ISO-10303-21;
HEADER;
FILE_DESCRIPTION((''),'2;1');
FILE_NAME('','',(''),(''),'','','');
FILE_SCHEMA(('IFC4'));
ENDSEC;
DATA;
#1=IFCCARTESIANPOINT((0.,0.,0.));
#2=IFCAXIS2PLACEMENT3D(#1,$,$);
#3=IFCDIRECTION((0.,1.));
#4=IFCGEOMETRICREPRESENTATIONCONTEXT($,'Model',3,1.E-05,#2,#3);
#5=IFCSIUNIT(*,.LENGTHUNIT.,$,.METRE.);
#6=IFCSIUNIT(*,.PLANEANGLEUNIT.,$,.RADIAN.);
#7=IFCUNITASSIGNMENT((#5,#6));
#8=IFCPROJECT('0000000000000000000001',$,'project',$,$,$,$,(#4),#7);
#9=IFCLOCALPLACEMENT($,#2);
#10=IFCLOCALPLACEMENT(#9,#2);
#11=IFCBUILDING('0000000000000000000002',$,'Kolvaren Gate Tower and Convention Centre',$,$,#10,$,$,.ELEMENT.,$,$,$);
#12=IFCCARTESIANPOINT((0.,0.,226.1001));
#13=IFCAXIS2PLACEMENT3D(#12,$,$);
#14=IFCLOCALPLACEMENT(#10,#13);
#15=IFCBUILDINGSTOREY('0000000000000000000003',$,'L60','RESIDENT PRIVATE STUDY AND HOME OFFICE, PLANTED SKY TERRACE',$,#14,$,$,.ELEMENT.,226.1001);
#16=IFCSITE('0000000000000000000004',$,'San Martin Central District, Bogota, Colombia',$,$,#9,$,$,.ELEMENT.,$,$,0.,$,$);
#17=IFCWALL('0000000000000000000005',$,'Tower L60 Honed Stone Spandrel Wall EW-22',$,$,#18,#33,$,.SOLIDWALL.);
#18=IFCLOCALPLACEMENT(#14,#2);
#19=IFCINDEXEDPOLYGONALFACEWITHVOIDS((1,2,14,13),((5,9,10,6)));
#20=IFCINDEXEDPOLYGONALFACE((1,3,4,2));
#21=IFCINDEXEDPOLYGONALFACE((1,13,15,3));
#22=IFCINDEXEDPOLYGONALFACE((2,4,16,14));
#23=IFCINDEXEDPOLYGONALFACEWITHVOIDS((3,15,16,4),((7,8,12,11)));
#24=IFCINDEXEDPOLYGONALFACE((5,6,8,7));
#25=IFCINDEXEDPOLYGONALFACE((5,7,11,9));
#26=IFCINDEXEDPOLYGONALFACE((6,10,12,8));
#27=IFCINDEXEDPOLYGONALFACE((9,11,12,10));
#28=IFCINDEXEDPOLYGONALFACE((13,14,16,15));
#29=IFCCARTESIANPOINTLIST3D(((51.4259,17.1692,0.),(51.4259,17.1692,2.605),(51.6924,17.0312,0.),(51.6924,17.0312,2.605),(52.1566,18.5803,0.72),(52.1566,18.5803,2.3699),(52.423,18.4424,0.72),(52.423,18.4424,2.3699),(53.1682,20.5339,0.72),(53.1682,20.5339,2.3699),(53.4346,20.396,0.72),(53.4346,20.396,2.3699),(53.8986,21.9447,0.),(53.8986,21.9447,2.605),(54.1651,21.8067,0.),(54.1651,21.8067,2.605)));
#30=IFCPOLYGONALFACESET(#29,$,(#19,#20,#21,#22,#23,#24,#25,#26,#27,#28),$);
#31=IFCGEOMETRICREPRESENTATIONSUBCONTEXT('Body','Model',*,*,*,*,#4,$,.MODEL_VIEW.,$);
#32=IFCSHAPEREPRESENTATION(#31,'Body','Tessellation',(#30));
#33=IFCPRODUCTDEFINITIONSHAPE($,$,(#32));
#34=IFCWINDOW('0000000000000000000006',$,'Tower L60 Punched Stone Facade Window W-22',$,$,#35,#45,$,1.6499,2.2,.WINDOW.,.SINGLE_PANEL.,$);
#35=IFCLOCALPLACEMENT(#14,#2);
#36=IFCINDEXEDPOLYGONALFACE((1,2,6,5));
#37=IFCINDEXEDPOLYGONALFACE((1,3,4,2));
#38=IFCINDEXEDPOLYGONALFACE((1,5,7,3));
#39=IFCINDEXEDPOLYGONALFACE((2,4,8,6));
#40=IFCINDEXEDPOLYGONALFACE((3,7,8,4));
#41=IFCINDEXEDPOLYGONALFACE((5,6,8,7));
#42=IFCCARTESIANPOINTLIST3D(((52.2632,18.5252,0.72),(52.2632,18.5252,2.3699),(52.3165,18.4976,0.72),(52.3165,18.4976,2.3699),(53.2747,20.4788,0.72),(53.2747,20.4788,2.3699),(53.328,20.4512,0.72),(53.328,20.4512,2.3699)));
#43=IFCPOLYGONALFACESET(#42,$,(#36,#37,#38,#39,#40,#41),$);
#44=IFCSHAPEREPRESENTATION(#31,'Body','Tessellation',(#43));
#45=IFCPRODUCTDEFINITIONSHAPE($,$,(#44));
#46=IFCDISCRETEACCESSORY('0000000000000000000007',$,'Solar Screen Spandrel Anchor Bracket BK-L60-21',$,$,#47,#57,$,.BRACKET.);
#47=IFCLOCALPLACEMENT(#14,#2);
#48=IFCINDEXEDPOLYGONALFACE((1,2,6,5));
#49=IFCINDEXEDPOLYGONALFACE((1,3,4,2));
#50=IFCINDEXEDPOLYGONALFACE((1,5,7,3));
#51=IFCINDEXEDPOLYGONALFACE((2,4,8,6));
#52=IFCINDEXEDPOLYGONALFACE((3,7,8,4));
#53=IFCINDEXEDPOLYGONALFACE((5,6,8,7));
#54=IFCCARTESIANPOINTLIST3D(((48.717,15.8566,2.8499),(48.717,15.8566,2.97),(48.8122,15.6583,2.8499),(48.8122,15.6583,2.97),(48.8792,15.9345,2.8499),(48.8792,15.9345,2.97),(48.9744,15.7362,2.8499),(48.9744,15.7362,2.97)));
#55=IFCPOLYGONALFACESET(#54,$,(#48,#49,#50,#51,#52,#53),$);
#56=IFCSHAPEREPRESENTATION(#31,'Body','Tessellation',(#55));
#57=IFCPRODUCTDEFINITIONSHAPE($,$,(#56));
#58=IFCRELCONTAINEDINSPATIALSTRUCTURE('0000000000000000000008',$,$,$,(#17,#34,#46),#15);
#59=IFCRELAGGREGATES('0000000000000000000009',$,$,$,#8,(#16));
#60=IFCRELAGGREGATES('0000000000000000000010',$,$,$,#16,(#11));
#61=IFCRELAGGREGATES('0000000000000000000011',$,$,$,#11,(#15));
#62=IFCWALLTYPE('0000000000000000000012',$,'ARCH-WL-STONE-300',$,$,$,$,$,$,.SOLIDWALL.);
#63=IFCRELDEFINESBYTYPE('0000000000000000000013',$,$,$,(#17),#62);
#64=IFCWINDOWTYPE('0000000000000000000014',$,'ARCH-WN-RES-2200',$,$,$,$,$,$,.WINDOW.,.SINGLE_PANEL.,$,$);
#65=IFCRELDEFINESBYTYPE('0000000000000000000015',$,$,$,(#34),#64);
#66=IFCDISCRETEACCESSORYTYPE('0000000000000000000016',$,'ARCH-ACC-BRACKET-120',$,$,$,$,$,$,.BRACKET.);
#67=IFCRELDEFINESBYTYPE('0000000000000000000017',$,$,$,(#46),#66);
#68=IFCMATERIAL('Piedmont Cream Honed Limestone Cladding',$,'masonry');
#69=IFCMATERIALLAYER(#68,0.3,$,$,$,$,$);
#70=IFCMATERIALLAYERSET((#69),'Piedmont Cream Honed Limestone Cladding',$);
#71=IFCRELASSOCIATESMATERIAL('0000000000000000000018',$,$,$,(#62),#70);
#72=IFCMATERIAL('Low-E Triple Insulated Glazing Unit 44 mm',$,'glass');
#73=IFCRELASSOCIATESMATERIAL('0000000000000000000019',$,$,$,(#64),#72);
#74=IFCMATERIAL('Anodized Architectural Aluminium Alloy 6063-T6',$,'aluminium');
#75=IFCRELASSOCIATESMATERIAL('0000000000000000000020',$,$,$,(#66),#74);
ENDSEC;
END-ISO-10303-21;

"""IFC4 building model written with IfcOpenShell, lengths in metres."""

from ifc_helpers import new_model, si_unit, direction, frame, frame_2d, origin, origin_2d, place, context, subcontext, project, spatial, rectangle, extrude, material, layer, layer_set, type_object, element, fill, save


model = new_model("IFC4")

# Units and contexts
model_context = context("Model", 3, precision=1e-05, world=origin(), true_north=direction((0.0, 1.0)))
body_context = subcontext(model_context, "Body", "Model", "MODEL_VIEW")
ifc_project = project(units=[si_unit("LENGTHUNIT", "METRE"), si_unit("PLANEANGLEUNIT", "RADIAN")], contexts=[model_context])

# Site, building, storey
site_placement = place(None, origin())
site = spatial("IfcSite", under=ifc_project, at=site_placement, Name="San Martin Central District, Bogota, Colombia", CompositionType="ELEMENT", RefElevation=0.0)
building_placement = place(site_placement, origin())
building = spatial("IfcBuilding", under=site, at=building_placement, Name="Kolvaren Gate Tower and Convention Centre", CompositionType="ELEMENT")
storey_placement = place(building_placement, frame((0.0, 0.0, 226.1001)))
storey = spatial("IfcBuildingStorey", under=building, at=storey_placement, Name="L60", Description="RESIDENT PRIVATE STUDY AND HOME OFFICE, PLANTED SKY TERRACE", CompositionType="ELEMENT", Elevation=226.1001)

# Shared definitions
ifc_material_1 = material(Name="Anodized Architectural Aluminium Alloy 6063-T6", Category="aluminium")

# Shared definitions
ifc_material_2 = material(Name="Low-E Triple Insulated Glazing Unit 44 mm", Category="glass")

# Shared definitions
ifc_material_3 = material(Name="Piedmont Cream Honed Limestone Cladding", Category="masonry")

# Wall, opening, window
ifc_layer_1 = layer(ifc_material_3, 0.3)
ifc_layer_set_1 = layer_set([ifc_layer_1], Name="Piedmont Cream Honed Limestone Cladding")
wall_type_1 = type_object("IfcWallType", Name="ARCH-WL-STONE-300", PredefinedType="SOLIDWALL", material=ifc_layer_set_1)
wall_1_placement = place(storey_placement, frame((51.5591, 17.1001, 0.0), z_axis=(0.0, 0.0, 1.0), x_axis=(0.459808, 0.888018, 0.0)))
wall_1 = element("IfcWall", 1, at=wall_1_placement, inside=storey, type_object=wall_type_1, Name="Tower L60 Honed Stone Spandrel Wall EW-22", PredefinedType="SOLIDWALL", context=body_context, shape_type="SweptSolid", body=[
    extrude(rectangle(XDim=5.3777, YDim=0.3, at=frame_2d((2.689, 0.0))), origin(), (0.0, 0.0, 1.0), 2.605),
])
opening_placement = place(wall_1_placement, frame((1.5891, 0.0, 0.72)))
opening = element("IfcOpeningElement", 2, at=opening_placement, cuts=wall_1, PredefinedType="OPENING", context=body_context, shape_type="SweptSolid", body=[
    extrude(rectangle(XDim=2.2, YDim=1.6499, at=frame_2d((1.1001, 0.825))), frame((0.0, 0.1599, 0.0), z_axis=(0.0, -1.0, 0.0), x_axis=(1.0, 0.0, 0.0)), (0.0, 0.0, 1.0), 0.3201),
])
window_type = type_object("IfcWindowType", Name="ARCH-WN-RES-2200", PartitioningType="SINGLE_PANEL", PredefinedType="WINDOW", material=ifc_material_2)
window_placement = place(opening_placement, origin())
window = element("IfcWindow", 3, at=window_placement, inside=storey, type_object=window_type, Name="Tower L60 Punched Stone Facade Window W-22", OverallHeight=1.6499, OverallWidth=2.2, PartitioningType="SINGLE_PANEL", PredefinedType="WINDOW", context=body_context, shape_type="SweptSolid", body=[
    extrude(rectangle(XDim=2.2, YDim=1.6499, at=frame_2d((1.1001, 0.825))), frame((0.0, 0.03, 0.0), z_axis=(0.0, -1.0, 0.0), x_axis=(1.0, 0.0, 0.0)), (0.0, 0.0, 1.0), 0.0601),
])
fill(opening, window)

# Discrete accessory
discrete_accessory_type = type_object("IfcDiscreteAccessoryType", Name="ARCH-ACC-BRACKET-120", PredefinedType="BRACKET", material=ifc_material_1)
discrete_accessory_placement = place(storey_placement, frame((48.8457, 15.7964, 2.8499), z_axis=(0.0, 0.0, 1.0), x_axis=(0.901359, 0.433072, 0.0)))
element("IfcDiscreteAccessory", 4, at=discrete_accessory_placement, inside=storey, type_object=discrete_accessory_type, Name="Solar Screen Spandrel Anchor Bracket BK-L60-21", PredefinedType="BRACKET", context=body_context, shape_type="SweptSolid", body=[
    extrude(rectangle(XDim=0.1799, YDim=0.22, at=origin_2d()), origin(), (0.0, 0.0, 1.0), 0.1201),
])

save(model, "model.ifc")
